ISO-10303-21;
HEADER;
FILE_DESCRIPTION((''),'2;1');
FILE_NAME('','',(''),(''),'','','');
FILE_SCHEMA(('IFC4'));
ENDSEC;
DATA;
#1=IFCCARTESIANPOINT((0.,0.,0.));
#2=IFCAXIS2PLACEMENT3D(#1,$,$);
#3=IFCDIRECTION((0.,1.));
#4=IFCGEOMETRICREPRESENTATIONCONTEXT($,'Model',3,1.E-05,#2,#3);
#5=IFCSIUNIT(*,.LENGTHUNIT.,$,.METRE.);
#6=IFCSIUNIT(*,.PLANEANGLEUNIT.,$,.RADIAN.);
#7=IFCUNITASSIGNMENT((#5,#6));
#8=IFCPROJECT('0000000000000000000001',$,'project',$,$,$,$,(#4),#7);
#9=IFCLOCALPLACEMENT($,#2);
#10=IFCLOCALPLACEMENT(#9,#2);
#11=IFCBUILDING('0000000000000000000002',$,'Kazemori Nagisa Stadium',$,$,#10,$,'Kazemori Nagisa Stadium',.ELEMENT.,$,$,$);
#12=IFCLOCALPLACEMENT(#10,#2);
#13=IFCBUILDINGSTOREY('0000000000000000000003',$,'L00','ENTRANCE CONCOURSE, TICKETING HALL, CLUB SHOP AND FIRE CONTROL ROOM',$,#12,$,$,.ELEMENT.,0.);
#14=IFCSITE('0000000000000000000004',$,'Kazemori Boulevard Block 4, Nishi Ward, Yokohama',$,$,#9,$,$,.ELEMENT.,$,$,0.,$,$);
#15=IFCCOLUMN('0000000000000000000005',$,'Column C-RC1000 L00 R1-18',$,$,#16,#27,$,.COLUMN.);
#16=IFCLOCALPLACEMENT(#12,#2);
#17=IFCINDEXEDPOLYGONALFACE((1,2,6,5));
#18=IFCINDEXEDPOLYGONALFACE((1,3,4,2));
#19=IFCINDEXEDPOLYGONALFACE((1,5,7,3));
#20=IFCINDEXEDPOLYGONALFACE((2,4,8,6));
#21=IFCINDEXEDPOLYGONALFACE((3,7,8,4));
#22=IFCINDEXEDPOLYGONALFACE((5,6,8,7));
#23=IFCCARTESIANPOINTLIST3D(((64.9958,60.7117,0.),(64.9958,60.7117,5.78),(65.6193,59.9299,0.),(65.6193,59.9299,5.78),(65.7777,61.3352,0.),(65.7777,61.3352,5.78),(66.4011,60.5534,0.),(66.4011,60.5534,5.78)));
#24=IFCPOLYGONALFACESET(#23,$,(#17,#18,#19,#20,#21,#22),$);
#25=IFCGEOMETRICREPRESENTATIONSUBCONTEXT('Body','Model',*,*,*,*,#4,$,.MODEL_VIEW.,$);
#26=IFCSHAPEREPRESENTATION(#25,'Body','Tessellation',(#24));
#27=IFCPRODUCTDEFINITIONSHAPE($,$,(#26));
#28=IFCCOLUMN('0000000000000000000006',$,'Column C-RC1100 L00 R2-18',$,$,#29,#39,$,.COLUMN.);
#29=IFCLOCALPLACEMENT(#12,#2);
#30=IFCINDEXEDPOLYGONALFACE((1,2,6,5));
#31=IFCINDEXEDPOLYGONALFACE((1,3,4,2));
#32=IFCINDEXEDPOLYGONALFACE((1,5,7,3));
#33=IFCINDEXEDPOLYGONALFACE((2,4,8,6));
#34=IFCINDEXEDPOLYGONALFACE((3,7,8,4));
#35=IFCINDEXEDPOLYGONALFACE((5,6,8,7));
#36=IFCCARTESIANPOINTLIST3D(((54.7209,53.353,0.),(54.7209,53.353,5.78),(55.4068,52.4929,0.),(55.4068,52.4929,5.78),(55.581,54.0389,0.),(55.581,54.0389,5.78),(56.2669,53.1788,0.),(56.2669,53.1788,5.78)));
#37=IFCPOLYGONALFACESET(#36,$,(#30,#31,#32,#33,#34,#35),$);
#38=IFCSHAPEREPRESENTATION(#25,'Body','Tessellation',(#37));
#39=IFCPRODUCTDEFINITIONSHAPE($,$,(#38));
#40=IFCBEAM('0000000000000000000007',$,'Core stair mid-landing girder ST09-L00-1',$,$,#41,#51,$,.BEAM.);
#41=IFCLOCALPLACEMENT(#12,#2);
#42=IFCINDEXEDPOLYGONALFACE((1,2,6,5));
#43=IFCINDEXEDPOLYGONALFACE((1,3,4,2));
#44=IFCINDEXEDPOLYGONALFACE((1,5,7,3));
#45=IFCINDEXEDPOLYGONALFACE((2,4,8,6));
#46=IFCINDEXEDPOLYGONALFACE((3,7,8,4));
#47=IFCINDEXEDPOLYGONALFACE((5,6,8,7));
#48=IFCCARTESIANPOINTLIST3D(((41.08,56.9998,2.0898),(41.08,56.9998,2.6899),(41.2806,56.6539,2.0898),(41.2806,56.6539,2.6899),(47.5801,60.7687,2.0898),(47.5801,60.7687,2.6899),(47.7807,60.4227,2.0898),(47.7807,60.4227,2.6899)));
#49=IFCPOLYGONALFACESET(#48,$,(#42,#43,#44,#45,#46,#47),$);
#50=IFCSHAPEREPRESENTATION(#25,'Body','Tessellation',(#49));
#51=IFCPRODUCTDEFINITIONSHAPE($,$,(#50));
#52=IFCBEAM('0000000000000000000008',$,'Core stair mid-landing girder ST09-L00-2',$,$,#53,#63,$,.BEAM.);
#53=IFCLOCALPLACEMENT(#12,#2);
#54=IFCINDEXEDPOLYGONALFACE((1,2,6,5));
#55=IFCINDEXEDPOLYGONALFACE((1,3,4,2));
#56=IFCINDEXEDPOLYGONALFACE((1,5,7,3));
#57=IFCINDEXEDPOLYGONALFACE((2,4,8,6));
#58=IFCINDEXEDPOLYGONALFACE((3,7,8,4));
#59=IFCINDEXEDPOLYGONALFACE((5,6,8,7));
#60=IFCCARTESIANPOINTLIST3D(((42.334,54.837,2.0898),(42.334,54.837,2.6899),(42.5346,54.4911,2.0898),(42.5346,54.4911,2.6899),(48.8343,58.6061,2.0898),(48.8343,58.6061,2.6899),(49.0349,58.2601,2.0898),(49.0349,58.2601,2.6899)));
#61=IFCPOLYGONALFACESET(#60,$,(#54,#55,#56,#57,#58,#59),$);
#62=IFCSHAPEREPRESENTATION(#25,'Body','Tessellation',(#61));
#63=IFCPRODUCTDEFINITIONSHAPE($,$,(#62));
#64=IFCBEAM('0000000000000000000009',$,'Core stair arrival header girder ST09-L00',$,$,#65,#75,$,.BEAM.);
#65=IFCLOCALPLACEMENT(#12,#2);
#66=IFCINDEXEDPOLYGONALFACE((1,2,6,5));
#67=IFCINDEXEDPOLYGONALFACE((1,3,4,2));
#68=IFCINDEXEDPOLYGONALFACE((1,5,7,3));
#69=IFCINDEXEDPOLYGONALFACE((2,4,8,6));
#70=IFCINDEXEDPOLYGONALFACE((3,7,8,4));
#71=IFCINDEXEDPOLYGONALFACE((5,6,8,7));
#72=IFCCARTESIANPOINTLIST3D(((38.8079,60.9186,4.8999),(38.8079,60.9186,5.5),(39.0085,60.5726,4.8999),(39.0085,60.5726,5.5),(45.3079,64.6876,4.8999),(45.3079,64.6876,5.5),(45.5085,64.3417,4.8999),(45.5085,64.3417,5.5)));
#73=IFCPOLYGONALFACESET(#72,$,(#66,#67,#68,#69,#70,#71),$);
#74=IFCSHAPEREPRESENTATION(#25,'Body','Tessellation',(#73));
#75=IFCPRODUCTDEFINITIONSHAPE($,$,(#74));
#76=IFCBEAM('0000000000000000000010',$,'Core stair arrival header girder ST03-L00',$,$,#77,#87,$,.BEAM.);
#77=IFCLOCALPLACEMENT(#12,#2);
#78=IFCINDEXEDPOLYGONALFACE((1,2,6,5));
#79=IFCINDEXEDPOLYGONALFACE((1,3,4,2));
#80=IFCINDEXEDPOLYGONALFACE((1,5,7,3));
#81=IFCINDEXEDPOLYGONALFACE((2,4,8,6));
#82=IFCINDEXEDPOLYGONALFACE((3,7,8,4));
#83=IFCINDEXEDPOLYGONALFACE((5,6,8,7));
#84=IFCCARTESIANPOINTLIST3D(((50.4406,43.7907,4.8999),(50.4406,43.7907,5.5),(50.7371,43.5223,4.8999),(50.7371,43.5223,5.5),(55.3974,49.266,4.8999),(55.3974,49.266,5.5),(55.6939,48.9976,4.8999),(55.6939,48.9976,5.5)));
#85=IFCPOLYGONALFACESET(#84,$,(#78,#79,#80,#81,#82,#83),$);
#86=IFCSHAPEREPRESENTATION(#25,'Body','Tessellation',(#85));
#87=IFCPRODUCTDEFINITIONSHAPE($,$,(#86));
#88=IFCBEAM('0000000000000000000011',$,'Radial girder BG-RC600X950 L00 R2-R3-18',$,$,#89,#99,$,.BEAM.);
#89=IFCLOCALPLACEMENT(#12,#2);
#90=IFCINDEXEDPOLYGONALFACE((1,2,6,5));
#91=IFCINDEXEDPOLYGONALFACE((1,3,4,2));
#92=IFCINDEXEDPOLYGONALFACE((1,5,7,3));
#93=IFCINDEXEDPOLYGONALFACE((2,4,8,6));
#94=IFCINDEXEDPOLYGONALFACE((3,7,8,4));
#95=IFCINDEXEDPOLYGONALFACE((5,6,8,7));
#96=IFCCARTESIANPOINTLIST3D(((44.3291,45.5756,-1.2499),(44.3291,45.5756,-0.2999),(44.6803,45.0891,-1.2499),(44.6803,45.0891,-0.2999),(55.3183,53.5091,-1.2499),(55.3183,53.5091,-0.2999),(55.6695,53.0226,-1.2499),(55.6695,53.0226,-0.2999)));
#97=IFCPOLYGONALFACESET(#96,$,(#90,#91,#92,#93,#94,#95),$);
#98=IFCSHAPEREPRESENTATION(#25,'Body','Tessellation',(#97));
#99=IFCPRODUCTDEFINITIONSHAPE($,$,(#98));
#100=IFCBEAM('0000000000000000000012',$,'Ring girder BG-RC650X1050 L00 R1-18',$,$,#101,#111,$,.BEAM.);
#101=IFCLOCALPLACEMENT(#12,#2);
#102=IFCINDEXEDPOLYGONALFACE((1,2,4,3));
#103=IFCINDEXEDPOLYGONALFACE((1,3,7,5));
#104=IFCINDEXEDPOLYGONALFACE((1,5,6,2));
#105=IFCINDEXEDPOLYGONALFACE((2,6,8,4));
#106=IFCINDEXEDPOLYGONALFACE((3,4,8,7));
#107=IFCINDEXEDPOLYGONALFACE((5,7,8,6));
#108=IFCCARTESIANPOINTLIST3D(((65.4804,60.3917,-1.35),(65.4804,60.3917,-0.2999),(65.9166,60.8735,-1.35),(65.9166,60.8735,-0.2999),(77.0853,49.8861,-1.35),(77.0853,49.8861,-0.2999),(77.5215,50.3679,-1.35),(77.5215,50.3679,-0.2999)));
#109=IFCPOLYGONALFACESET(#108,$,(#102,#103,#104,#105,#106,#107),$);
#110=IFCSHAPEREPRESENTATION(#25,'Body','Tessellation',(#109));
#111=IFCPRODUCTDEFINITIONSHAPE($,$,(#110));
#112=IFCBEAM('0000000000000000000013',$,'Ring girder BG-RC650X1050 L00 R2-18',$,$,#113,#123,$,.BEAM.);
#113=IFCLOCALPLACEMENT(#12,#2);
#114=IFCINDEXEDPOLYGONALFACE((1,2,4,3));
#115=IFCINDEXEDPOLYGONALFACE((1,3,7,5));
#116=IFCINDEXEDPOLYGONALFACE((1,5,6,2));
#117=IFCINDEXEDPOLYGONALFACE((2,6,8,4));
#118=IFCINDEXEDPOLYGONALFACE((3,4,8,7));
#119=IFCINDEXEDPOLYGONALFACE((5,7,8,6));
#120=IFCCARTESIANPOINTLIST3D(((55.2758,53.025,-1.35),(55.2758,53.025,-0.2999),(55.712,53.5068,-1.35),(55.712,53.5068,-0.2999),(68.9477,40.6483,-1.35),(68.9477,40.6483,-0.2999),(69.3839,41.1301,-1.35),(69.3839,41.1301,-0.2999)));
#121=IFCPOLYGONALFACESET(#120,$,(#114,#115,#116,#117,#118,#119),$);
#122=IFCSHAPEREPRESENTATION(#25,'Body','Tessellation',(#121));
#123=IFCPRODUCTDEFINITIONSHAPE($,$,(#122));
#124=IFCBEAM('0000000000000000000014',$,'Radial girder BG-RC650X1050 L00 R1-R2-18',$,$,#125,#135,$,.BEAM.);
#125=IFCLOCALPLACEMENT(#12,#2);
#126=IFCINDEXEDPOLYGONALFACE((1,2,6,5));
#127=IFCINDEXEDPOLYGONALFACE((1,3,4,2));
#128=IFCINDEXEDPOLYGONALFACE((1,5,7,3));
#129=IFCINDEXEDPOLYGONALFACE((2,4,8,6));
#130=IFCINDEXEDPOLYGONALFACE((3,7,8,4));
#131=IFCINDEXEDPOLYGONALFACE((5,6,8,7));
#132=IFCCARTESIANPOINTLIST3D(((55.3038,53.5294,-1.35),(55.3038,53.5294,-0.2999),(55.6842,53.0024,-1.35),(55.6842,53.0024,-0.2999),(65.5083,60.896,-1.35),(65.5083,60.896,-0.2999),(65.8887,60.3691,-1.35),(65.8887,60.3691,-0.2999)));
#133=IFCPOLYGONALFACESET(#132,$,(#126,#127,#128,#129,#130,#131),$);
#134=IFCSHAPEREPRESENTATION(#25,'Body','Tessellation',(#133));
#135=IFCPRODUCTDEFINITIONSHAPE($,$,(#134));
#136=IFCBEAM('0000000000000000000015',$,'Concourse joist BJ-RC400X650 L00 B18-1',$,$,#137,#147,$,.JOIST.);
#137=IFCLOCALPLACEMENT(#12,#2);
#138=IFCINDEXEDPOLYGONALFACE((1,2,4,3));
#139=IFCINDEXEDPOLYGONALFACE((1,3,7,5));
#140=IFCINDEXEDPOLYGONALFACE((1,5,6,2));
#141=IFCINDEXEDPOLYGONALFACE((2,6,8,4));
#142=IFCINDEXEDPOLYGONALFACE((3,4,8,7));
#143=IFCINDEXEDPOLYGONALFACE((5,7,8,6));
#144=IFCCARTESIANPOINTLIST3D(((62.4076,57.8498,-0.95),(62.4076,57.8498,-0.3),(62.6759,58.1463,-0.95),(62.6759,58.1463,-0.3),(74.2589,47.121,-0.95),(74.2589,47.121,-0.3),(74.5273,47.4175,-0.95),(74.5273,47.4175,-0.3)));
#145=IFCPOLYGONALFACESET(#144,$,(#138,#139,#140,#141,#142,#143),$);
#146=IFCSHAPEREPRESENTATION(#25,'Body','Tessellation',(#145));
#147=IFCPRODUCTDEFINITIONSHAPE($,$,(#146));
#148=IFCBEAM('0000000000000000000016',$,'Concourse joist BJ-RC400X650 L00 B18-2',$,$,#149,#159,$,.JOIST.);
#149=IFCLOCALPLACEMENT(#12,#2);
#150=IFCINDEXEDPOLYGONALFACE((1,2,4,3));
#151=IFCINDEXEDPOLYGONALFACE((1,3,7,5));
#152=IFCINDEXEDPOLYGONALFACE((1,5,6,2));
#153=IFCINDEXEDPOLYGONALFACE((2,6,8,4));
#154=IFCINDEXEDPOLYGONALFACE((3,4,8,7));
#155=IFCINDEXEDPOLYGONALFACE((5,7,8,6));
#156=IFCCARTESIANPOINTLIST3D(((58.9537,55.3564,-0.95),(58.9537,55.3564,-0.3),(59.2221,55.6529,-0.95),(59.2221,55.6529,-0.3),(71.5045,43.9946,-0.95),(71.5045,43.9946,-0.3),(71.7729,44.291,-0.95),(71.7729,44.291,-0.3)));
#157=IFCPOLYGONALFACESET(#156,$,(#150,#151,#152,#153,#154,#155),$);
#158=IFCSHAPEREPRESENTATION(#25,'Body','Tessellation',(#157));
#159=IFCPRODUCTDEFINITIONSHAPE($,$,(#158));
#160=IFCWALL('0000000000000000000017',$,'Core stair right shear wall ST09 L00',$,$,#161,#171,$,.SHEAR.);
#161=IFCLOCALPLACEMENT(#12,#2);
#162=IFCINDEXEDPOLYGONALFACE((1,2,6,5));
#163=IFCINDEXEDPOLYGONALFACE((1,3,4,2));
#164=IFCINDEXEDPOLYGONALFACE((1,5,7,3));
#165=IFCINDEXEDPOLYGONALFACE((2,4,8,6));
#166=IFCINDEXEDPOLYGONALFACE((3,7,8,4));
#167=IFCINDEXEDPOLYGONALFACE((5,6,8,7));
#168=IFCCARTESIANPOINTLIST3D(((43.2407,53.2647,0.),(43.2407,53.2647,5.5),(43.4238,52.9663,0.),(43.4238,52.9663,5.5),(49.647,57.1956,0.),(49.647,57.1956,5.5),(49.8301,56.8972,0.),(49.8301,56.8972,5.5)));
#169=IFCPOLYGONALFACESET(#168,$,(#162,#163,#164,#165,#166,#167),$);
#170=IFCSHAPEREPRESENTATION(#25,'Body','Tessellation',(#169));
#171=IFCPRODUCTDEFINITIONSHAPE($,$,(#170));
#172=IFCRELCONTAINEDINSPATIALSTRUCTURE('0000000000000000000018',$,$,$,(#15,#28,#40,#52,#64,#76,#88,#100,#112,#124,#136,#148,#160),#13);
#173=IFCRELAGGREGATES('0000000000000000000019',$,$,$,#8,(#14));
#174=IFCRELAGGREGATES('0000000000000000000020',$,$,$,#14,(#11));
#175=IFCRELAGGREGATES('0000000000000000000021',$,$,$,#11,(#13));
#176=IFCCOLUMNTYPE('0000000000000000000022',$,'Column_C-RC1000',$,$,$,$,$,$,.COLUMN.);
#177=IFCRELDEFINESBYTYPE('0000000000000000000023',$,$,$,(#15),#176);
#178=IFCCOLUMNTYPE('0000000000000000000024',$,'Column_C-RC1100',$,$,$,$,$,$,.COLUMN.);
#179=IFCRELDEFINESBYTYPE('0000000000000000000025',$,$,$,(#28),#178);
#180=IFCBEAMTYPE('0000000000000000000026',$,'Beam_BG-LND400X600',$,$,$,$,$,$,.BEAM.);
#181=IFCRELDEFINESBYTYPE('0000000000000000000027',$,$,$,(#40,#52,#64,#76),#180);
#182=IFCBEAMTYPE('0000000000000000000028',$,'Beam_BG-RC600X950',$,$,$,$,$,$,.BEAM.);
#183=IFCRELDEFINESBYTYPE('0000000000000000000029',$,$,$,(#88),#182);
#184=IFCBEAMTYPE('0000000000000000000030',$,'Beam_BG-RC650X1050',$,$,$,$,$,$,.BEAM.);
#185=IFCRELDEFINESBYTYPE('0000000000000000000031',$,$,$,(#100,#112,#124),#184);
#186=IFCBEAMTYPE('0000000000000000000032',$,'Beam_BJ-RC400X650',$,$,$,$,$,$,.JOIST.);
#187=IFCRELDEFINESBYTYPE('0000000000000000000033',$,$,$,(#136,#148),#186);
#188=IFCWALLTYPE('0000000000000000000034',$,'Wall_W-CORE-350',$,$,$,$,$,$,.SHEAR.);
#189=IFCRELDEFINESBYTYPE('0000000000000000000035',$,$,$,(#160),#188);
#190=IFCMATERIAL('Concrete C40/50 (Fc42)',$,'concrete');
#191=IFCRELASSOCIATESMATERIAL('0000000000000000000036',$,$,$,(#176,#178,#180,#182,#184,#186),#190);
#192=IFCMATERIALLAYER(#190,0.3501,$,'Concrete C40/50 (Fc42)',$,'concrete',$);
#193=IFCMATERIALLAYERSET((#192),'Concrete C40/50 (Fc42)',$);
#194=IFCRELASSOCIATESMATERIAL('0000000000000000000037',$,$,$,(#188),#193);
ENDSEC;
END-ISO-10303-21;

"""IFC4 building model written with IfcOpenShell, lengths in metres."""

from ifc_helpers import new_model, si_unit, direction, frame, frame_2d, origin, origin_2d, place, context, subcontext, project, spatial, rectangle, extrude, material, layer, layer_set, material_profile, profile_set, type_object, element, save


model = new_model("IFC4")

# Units and contexts
model_context = context("Model", 3, precision=1e-05, world=origin(), true_north=direction((0.0, 1.0)))
body_context = subcontext(model_context, "Body", "Model", "MODEL_VIEW")
ifc_project = project(units=[si_unit("LENGTHUNIT", "METRE"), si_unit("PLANEANGLEUNIT", "RADIAN")], contexts=[model_context])

# Site, building, storey
site_placement = place(None, origin())
site = spatial("IfcSite", under=ifc_project, at=site_placement, Name="Kazemori Boulevard Block 4, Nishi Ward, Yokohama", CompositionType="ELEMENT", RefElevation=0.0)
building_placement = place(site_placement, origin())
building = spatial("IfcBuilding", under=site, at=building_placement, Name="Kazemori Nagisa Stadium", LongName="Kazemori Nagisa Stadium", CompositionType="ELEMENT")
storey_placement = place(building_placement, origin())
storey = spatial("IfcBuildingStorey", under=building, at=storey_placement, Name="L00", Description="ENTRANCE CONCOURSE, TICKETING HALL, CLUB SHOP AND FIRE CONTROL ROOM", CompositionType="ELEMENT", Elevation=0.0)

# Columns
ifc_material_1 = material(Name="Concrete C40/50 (Fc42)", Category="concrete")
ifc_material_profile_1 = material_profile(ifc_material_1, rectangle(XDim=1.0, YDim=1.0, at=origin_2d()), Name="RC-COL-1000x1000")
ifc_profile_set_1 = profile_set([ifc_material_profile_1], Name="Concrete C40/50 (Fc42)")
column_type_1 = type_object("IfcColumnType", Name="Column_C-RC1000", PredefinedType="COLUMN", material=ifc_profile_set_1)
column_1_placement = place(storey_placement, frame((65.6985, 60.6326, 0.0), z_axis=(0.0, 0.0, 1.0), x_axis=(-0.781831, -0.62349, 0.0)))
element("IfcColumn", 1, at=column_1_placement, inside=storey, type_object=column_type_1, Name="Column C-RC1000 L00 R1-18", PredefinedType="COLUMN", context=body_context, shape_type="SweptSolid", body=[
    extrude(rectangle(XDim=1.0, YDim=1.0, at=origin_2d()), origin(), (0.0, 0.0, 1.0), 5.78),
])
ifc_material_profile_2 = material_profile(ifc_material_1, rectangle(XDim=1.1001, YDim=1.1001, at=origin_2d()), Name="RC-COL-1100x1100")
ifc_profile_set_2 = profile_set([ifc_material_profile_2], Name="Concrete C40/50 (Fc42)")
column_type_2 = type_object("IfcColumnType", Name="Column_C-RC1100", PredefinedType="COLUMN", material=ifc_profile_set_2)
column_2_placement = place(storey_placement, frame((55.4939, 53.2659, 0.0), z_axis=(0.0, 0.0, 1.0), x_axis=(-0.781831, -0.62349, 0.0)))
element("IfcColumn", 2, at=column_2_placement, inside=storey, type_object=column_type_2, Name="Column C-RC1100 L00 R2-18", PredefinedType="COLUMN", context=body_context, shape_type="SweptSolid", body=[
    extrude(rectangle(XDim=1.1001, YDim=1.1001, at=origin_2d()), origin(), (0.0, 0.0, 1.0), 5.78),
])

# Beams
ifc_material_profile_3 = material_profile(ifc_material_1, rectangle(XDim=0.3999, YDim=0.6001, at=origin_2d()), Name="RC-BM-400x600")
ifc_profile_set_3 = profile_set([ifc_material_profile_3], Name="Concrete C40/50 (Fc42)")
beam_type_1 = type_object("IfcBeamType", Name="Beam_BG-LND400X600", PredefinedType="BEAM", material=ifc_profile_set_3)
beam_1_placement = place(storey_placement, frame((47.6804, 60.5957, 2.3899), z_axis=(-0.865101, -0.501598, 0.0), x_axis=(0.501598, -0.865101, 0.0)))
element("IfcBeam", 3, at=beam_1_placement, inside=storey, type_object=beam_type_1, Name="Core stair mid-landing girder ST09-L00-1", PredefinedType="BEAM", context=body_context, shape_type="SweptSolid", body=[
    extrude(rectangle(XDim=0.3999, YDim=0.6001, at=origin_2d()), origin(), (0.0, 0.0, 1.0), 7.5137),
])
beam_2_placement = place(storey_placement, frame((48.9346, 58.4331, 2.3899), z_axis=(-0.865095, -0.501609, 0.0), x_axis=(0.501609, -0.865095, 0.0)))
element("IfcBeam", 4, at=beam_2_placement, inside=storey, type_object=beam_type_1, Name="Core stair mid-landing girder ST09-L00-2", PredefinedType="BEAM", context=body_context, shape_type="SweptSolid", body=[
    extrude(rectangle(XDim=0.3999, YDim=0.6001, at=origin_2d()), origin(), (0.0, 0.0, 1.0), 7.5139),
])
beam_3_placement = place(storey_placement, frame((45.4082, 64.5146, 5.2), z_axis=(-0.865086, -0.501623, 0.0), x_axis=(0.501623, -0.865086, 0.0)))
element("IfcBeam", 5, at=beam_3_placement, inside=storey, type_object=beam_type_1, Name="Core stair arrival header girder ST09-L00", PredefinedType="BEAM", context=body_context, shape_type="SweptSolid", body=[
    extrude(rectangle(XDim=0.3999, YDim=0.6001, at=origin_2d()), origin(), (0.0, 0.0, 1.0), 7.5137),
])
beam_4_placement = place(storey_placement, frame((55.5457, 49.1318, 5.2), z_axis=(-0.67113, -0.74134, 0.0), x_axis=(0.74134, -0.67113, 0.0)))
element("IfcBeam", 6, at=beam_4_placement, inside=storey, type_object=beam_type_1, Name="Core stair arrival header girder ST03-L00", PredefinedType="BEAM", context=body_context, shape_type="SweptSolid", body=[
    extrude(rectangle(XDim=0.3999, YDim=0.6001, at=origin_2d()), origin(), (0.0, 0.0, 1.0), 7.3857),
])
ifc_material_profile_4 = material_profile(ifc_material_1, rectangle(XDim=0.6001, YDim=0.95, at=origin_2d()), Name="RC-BM-600x950")
ifc_profile_set_4 = profile_set([ifc_material_profile_4], Name="Concrete C40/50 (Fc42)")
beam_type_2 = type_object("IfcBeamType", Name="Beam_BG-RC600X950", PredefinedType="BEAM", material=ifc_profile_set_4)
beam_5_placement = place(storey_placement, frame((55.4939, 53.2659, -0.7749), z_axis=(-0.810788, -0.585341, 0.0), x_axis=(0.585341, -0.810788, 0.0)))
element("IfcBeam", 7, at=beam_5_placement, inside=storey, type_object=beam_type_2, Name="Radial girder BG-RC600X950 L00 R2-R3-18", PredefinedType="BEAM", context=body_context, shape_type="SweptSolid", body=[
    extrude(rectangle(XDim=0.6001, YDim=0.95, at=origin_2d()), origin(), (0.0, 0.0, 1.0), 13.5537),
])
ifc_material_profile_5 = material_profile(ifc_material_1, rectangle(XDim=0.6499, YDim=1.05, at=origin_2d()), Name="RC-BM-650x1050")
ifc_profile_set_5 = profile_set([ifc_material_profile_5], Name="Concrete C40/50 (Fc42)")
beam_type_3 = type_object("IfcBeamType", Name="Beam_BG-RC650X1050", PredefinedType="BEAM", material=ifc_profile_set_5)
beam_6_placement = place(storey_placement, frame((65.6985, 60.6326, -0.825), z_axis=(0.741349, -0.67112, 0.0), x_axis=(0.67112, 0.741349, 0.0)))
element("IfcBeam", 8, at=beam_6_placement, inside=storey, type_object=beam_type_3, Name="Ring girder BG-RC650X1050 L00 R1-18", PredefinedType="BEAM", context=body_context, shape_type="SweptSolid", body=[
    extrude(rectangle(XDim=0.6499, YDim=1.05, at=origin_2d()), origin(), (0.0, 0.0, 1.0), 15.6538),
])
beam_7_placement = place(storey_placement, frame((55.4939, 53.2659, -0.825), z_axis=(0.741349, -0.67112, 0.0), x_axis=(0.67112, 0.741349, 0.0)))
element("IfcBeam", 9, at=beam_7_placement, inside=storey, type_object=beam_type_3, Name="Ring girder BG-RC650X1050 L00 R2-18", PredefinedType="BEAM", context=body_context, shape_type="SweptSolid", body=[
    extrude(rectangle(XDim=0.6499, YDim=1.05, at=origin_2d()), origin(), (0.0, 0.0, 1.0), 18.4419),
])
beam_8_placement = place(storey_placement, frame((65.6985, 60.6326, -0.825), z_axis=(-0.810803, -0.585319, 0.0), x_axis=(0.585319, -0.810803, 0.0)))
element("IfcBeam", 10, at=beam_8_placement, inside=storey, type_object=beam_type_3, Name="Radial girder BG-RC650X1050 L00 R1-R2-18", PredefinedType="BEAM", context=body_context, shape_type="SweptSolid", body=[
    extrude(rectangle(XDim=0.6499, YDim=1.05, at=origin_2d()), origin(), (0.0, 0.0, 1.0), 12.5857),
])
ifc_material_profile_6 = material_profile(ifc_material_1, rectangle(XDim=0.3999, YDim=0.6499, at=origin_2d()), Name="RC-BM-400x650")
ifc_profile_set_6 = profile_set([ifc_material_profile_6], Name="Concrete C40/50 (Fc42)")
beam_type_4 = type_object("IfcBeamType", Name="Beam_BJ-RC400X650", PredefinedType="JOIST", material=ifc_profile_set_6)
beam_9_placement = place(storey_placement, frame((62.5417, 57.998, -0.625), z_axis=(0.741345, -0.671124, 0.0), x_axis=(0.671124, 0.741345, 0.0)))
element("IfcBeam", 11, at=beam_9_placement, inside=storey, type_object=beam_type_4, Name="Concourse joist BJ-RC400X650 L00 B18-1", PredefinedType="JOIST", context=body_context, shape_type="SweptSolid", body=[
    extrude(rectangle(XDim=0.3999, YDim=0.6499, at=origin_2d()), origin(), (0.0, 0.0, 1.0), 15.9863),
])
beam_10_placement = place(storey_placement, frame((59.0879, 55.5046, -0.625), z_axis=(0.741349, -0.671119, 0.0), x_axis=(0.671119, 0.741349, 0.0)))
element("IfcBeam", 12, at=beam_10_placement, inside=storey, type_object=beam_type_4, Name="Concourse joist BJ-RC400X650 L00 B18-2", PredefinedType="JOIST", context=body_context, shape_type="SweptSolid", body=[
    extrude(rectangle(XDim=0.3999, YDim=0.6499, at=origin_2d()), origin(), (0.0, 0.0, 1.0), 16.9297),
])

# Wall
ifc_layer_1 = layer(ifc_material_1, 0.3501, Name="Concrete C40/50 (Fc42)", Category="concrete")
ifc_layer_set_1 = layer_set([ifc_layer_1], Name="Concrete C40/50 (Fc42)")
wall_type_1 = type_object("IfcWallType", Name="Wall_W-CORE-350", PredefinedType="SHEAR", material=ifc_layer_set_1)
wall_1_placement = place(storey_placement, frame((49.7385, 57.0464, 0.0), z_axis=(0.0, 0.0, 1.0), x_axis=(-0.852335, -0.522997, 0.0)))
element("IfcWall", 13, at=wall_1_placement, inside=storey, type_object=wall_type_1, Name="Core stair right shear wall ST09 L00", PredefinedType="SHEAR", context=body_context, shape_type="SweptSolid", body=[
    extrude(rectangle(XDim=7.5161, YDim=0.3501, at=frame_2d((3.7581, 0.0))), origin(), (0.0, 0.0, 1.0), 5.5),
])

save(model, "model.ifc")
